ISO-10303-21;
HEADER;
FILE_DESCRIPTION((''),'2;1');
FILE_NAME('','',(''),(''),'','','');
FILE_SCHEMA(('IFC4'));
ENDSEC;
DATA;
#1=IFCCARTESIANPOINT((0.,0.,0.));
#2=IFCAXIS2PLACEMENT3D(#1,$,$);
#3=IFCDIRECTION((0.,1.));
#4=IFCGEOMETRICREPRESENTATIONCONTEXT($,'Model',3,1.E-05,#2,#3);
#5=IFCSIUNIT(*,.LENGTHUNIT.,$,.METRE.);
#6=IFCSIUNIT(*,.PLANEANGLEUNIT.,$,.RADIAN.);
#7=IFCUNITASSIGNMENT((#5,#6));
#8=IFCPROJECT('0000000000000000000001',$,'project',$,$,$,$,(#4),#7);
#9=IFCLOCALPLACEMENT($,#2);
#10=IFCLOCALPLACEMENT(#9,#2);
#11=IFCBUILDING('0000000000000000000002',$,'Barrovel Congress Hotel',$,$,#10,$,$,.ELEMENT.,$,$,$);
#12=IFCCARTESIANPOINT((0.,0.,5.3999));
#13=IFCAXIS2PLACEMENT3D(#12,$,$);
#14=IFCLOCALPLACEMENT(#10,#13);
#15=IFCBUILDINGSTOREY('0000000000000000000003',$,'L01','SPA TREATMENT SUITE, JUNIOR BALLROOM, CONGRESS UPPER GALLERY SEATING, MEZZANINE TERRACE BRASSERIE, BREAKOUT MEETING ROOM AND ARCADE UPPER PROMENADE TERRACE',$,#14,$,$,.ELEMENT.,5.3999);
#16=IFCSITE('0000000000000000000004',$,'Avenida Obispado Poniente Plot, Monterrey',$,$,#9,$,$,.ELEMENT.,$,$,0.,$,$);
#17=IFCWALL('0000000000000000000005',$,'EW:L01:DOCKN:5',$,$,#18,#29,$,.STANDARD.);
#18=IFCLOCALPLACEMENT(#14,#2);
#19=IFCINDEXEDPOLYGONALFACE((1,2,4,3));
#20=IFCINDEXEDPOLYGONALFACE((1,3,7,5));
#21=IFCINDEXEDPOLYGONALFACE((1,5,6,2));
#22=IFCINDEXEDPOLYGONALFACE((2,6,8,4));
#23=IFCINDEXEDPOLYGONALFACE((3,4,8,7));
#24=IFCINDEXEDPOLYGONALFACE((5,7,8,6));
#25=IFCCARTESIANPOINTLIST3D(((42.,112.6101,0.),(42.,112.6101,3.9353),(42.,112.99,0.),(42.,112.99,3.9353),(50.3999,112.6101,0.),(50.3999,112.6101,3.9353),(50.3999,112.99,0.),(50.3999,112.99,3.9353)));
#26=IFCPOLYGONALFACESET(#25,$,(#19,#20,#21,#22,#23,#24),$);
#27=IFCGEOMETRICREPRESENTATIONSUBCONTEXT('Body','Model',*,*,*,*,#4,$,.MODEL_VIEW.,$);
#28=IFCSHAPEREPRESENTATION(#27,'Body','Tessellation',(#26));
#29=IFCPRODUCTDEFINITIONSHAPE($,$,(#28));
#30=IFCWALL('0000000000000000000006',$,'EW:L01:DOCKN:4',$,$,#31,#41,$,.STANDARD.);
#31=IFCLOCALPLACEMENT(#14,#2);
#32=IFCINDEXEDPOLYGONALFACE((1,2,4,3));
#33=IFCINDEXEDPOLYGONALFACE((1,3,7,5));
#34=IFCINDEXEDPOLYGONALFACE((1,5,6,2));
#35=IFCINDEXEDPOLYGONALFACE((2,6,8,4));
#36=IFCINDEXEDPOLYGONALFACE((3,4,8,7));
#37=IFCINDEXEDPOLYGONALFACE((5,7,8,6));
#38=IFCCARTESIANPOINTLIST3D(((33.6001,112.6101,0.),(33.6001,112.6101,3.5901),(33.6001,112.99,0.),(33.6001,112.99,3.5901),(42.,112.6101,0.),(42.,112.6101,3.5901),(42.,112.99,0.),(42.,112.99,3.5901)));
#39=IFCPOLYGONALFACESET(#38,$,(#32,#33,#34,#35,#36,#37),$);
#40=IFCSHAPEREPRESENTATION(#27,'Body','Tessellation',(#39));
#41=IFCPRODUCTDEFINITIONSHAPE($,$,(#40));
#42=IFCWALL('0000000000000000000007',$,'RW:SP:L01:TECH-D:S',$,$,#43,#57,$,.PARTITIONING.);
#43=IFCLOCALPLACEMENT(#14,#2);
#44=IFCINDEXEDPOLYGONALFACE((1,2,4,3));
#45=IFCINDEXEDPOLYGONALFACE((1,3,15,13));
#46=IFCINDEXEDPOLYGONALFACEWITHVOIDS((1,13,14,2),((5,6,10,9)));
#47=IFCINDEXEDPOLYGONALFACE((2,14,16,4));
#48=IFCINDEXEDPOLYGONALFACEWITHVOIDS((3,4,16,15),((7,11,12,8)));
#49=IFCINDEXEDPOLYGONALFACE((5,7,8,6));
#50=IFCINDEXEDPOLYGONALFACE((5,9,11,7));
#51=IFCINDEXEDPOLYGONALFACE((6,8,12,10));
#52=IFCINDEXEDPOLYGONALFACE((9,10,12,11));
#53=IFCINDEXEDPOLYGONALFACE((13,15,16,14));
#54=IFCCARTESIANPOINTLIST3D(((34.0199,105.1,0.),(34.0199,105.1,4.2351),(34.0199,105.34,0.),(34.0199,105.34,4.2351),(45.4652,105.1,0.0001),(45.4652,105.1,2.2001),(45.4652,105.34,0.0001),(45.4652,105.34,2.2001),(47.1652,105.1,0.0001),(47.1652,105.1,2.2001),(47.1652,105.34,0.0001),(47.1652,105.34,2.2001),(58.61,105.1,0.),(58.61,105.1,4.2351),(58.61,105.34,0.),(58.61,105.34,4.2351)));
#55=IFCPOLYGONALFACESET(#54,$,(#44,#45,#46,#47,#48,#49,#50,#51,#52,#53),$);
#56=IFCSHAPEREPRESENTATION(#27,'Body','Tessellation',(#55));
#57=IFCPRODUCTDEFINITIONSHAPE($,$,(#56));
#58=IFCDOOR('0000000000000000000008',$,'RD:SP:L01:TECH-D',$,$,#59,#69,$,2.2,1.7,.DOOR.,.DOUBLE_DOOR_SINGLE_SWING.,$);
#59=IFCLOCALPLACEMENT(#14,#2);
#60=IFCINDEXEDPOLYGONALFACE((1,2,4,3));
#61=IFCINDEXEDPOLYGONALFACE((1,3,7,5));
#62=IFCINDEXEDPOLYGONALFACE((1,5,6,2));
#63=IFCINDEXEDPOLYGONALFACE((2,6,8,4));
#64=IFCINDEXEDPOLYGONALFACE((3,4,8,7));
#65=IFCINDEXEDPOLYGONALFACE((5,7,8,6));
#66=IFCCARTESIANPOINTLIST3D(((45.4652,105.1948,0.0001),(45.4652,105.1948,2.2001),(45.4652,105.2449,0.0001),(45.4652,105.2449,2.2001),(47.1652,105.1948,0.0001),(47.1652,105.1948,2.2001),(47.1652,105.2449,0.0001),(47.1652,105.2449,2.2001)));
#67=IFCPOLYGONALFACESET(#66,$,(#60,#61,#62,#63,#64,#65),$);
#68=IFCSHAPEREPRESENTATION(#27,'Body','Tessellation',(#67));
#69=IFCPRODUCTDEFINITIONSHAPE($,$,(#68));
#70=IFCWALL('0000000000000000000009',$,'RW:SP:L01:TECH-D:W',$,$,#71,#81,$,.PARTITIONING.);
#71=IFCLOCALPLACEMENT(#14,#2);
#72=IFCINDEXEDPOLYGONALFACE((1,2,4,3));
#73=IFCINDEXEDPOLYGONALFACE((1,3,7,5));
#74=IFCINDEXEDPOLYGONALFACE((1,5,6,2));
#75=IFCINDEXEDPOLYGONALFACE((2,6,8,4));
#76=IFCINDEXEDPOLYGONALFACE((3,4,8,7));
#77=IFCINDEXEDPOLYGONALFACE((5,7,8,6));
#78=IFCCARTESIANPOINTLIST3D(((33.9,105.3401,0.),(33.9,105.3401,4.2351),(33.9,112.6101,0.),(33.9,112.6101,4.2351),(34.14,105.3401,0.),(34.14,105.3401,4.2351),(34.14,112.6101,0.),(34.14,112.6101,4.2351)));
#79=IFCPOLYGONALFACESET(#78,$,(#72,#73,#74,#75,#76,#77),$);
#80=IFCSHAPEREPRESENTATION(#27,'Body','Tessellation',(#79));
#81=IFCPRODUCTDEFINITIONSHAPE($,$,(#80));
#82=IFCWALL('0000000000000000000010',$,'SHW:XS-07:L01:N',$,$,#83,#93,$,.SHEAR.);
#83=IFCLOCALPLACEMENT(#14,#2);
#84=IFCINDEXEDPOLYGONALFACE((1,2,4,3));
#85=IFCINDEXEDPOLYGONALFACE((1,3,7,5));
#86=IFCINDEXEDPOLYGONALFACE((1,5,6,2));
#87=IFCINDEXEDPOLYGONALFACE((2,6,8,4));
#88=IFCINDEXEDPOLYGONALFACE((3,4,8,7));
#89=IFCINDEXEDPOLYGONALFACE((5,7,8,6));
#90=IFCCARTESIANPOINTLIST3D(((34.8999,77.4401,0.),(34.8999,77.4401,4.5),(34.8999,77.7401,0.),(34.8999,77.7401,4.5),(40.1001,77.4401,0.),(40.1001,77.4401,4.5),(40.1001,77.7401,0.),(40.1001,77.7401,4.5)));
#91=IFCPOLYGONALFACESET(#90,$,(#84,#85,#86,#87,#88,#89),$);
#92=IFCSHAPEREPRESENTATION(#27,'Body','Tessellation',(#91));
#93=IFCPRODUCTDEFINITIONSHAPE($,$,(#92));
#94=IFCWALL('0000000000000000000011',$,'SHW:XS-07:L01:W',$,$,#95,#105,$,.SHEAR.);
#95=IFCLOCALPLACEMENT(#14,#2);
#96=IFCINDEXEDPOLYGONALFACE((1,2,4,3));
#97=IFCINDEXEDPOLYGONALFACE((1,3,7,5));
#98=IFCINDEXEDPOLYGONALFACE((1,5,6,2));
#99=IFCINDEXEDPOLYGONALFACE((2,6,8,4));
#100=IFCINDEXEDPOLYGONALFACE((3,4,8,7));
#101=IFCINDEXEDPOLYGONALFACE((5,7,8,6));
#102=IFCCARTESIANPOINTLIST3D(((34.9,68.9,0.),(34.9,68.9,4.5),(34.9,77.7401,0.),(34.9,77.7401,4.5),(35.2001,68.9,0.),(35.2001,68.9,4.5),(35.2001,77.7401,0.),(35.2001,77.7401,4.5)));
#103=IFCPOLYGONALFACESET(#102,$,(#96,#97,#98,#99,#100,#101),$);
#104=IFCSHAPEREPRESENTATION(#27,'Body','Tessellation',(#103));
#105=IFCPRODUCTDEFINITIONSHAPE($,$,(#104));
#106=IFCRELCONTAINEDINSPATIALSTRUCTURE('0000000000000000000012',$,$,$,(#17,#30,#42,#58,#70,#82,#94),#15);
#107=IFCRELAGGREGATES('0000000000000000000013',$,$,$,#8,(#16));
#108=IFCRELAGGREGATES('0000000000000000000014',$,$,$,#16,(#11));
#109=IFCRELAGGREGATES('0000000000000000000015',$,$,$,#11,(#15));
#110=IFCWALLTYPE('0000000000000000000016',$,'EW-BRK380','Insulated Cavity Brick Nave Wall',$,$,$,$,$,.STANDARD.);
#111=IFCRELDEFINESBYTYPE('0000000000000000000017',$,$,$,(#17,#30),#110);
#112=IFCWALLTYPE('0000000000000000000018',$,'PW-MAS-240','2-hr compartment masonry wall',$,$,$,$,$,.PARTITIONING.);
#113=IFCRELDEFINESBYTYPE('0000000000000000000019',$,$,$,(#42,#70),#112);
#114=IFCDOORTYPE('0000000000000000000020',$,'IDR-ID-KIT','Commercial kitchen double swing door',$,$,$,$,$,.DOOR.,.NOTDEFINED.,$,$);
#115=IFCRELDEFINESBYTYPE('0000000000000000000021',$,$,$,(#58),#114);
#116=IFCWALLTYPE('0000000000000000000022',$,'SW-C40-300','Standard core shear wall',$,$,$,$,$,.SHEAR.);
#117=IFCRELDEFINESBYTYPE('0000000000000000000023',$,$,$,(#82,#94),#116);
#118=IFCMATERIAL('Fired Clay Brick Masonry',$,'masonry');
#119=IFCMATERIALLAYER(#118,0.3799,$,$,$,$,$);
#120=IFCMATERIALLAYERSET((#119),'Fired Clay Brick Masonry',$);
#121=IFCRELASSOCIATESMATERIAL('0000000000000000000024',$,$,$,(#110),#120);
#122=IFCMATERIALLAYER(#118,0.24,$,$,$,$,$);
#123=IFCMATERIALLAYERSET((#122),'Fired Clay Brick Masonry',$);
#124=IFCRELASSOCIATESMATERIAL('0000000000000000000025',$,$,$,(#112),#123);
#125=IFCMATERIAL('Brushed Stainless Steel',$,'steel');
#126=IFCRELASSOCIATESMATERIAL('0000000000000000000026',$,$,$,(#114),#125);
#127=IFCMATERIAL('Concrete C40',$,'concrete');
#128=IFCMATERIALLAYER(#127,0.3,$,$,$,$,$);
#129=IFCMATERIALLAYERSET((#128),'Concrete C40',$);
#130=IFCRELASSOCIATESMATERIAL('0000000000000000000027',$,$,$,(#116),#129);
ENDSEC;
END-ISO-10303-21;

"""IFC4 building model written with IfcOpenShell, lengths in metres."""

from ifc_helpers import new_model, si_unit, direction, frame, frame_2d, origin, place, context, subcontext, project, spatial, rectangle, extrude, material, layer, layer_set, type_object, element, fill, save


model = new_model("IFC4")

# Units and contexts
model_context = context("Model", 3, precision=1e-05, world=origin(), true_north=direction((0.0, 1.0)))
body_context = subcontext(model_context, "Body", "Model", "MODEL_VIEW")
ifc_project = project(units=[si_unit("LENGTHUNIT", "METRE"), si_unit("PLANEANGLEUNIT", "RADIAN")], contexts=[model_context])

# Site, building, storey
site_placement = place(None, origin())
site = spatial("IfcSite", under=ifc_project, at=site_placement, Name="Avenida Obispado Poniente Plot, Monterrey", CompositionType="ELEMENT", RefElevation=0.0)
building_placement = place(site_placement, origin())
building = spatial("IfcBuilding", under=site, at=building_placement, Name="Barrovel Congress Hotel", CompositionType="ELEMENT")
storey_placement = place(building_placement, frame((0.0, 0.0, 5.3999)))
storey = spatial("IfcBuildingStorey", under=building, at=storey_placement, Name="L01", Description="SPA TREATMENT SUITE, JUNIOR BALLROOM, CONGRESS UPPER GALLERY SEATING, MEZZANINE TERRACE BRASSERIE, BREAKOUT MEETING ROOM AND ARCADE UPPER PROMENADE TERRACE", CompositionType="ELEMENT", Elevation=5.3999)

# Shared definitions
ifc_material_1 = material(Name="Concrete C40", Category="concrete")

# Walls
ifc_material_2 = material(Name="Fired Clay Brick Masonry", Category="masonry")
ifc_layer_1 = layer(ifc_material_2, 0.3799)
ifc_layer_set_1 = layer_set([ifc_layer_1], Name="Fired Clay Brick Masonry")
wall_type_1 = type_object("IfcWallType", Name="EW-BRK380", Description="Insulated Cavity Brick Nave Wall", PredefinedType="STANDARD", material=ifc_layer_set_1)
wall_1_placement = place(storey_placement, frame((50.3999, 112.8, 0.0), z_axis=(0.0, 0.0, 1.0), x_axis=(-1.0, 0.0, 0.0)))
element("IfcWall", 1, at=wall_1_placement, inside=storey, type_object=wall_type_1, Name="EW:L01:DOCKN:5", PredefinedType="STANDARD", context=body_context, shape_type="SweptSolid", body=[
    extrude(rectangle(XDim=8.3999, YDim=0.3799, at=frame_2d((4.2, 0.0))), origin(), (0.0, 0.0, 1.0), 3.9353),
])
wall_2_placement = place(storey_placement, frame((42.0, 112.8, 0.0), z_axis=(0.0, 0.0, 1.0), x_axis=(-1.0, 0.0, 0.0)))
element("IfcWall", 2, at=wall_2_placement, inside=storey, type_object=wall_type_1, Name="EW:L01:DOCKN:4", PredefinedType="STANDARD", context=body_context, shape_type="SweptSolid", body=[
    extrude(rectangle(XDim=8.3999, YDim=0.3799, at=frame_2d((4.2, 0.0))), origin(), (0.0, 0.0, 1.0), 3.5901),
])

# Wall, opening, door
ifc_layer_2 = layer(ifc_material_2, 0.24)
ifc_layer_set_2 = layer_set([ifc_layer_2], Name="Fired Clay Brick Masonry")
wall_type_2 = type_object("IfcWallType", Name="PW-MAS-240", Description="2-hr compartment masonry wall", PredefinedType="PARTITIONING", material=ifc_layer_set_2)
wall_3_placement = place(storey_placement, frame((34.02, 105.22, 0.0), z_axis=(0.0, 0.0, 1.0), x_axis=(1.0, 0.0, 0.0)))
wall_3 = element("IfcWall", 3, at=wall_3_placement, inside=storey, type_object=wall_type_2, Name="RW:SP:L01:TECH-D:S", PredefinedType="PARTITIONING", context=body_context, shape_type="SweptSolid", body=[
    extrude(rectangle(XDim=24.5901, YDim=0.24, at=frame_2d((12.2949, 0.0))), origin(), (0.0, 0.0, 1.0), 4.2351),
])
opening_placement = place(wall_3_placement, frame((11.4451, 0.0, 0.0)))
opening = element("IfcOpeningElement", 4, at=opening_placement, cuts=wall_3, PredefinedType="OPENING", context=body_context, shape_type="SweptSolid", body=[
    extrude(rectangle(XDim=1.7, YDim=2.2, at=frame_2d((0.8501, 1.1001))), frame((0.0, 0.1299, 0.0), z_axis=(0.0, -1.0, 0.0), x_axis=(1.0, 0.0, 0.0)), (0.0, 0.0, 1.0), 0.26),
])
ifc_material_3 = material(Name="Brushed Stainless Steel", Category="steel")
door_type = type_object("IfcDoorType", Name="IDR-ID-KIT", Description="Commercial kitchen double swing door", OperationType="NOTDEFINED", PredefinedType="DOOR", material=ifc_material_3)
door_placement = place(opening_placement, origin())
door = element("IfcDoor", 5, at=door_placement, inside=storey, type_object=door_type, Name="RD:SP:L01:TECH-D", OperationType="DOUBLE_DOOR_SINGLE_SWING", OverallHeight=2.2, OverallWidth=1.7, PredefinedType="DOOR", context=body_context, shape_type="SweptSolid", body=[
    extrude(rectangle(XDim=1.7, YDim=2.2, at=frame_2d((0.8501, 1.1001))), frame((0.0, 0.0249, 0.0), z_axis=(0.0, -1.0, 0.0), x_axis=(1.0, 0.0, 0.0)), (0.0, 0.0, 1.0), 0.05),
])
fill(opening, door)

# Walls
wall_4_placement = place(storey_placement, frame((34.02, 105.3401, 0.0), z_axis=(0.0, 0.0, 1.0), x_axis=(0.0, 1.0, 0.0)))
element("IfcWall", 6, at=wall_4_placement, inside=storey, type_object=wall_type_2, Name="RW:SP:L01:TECH-D:W", PredefinedType="PARTITIONING", context=body_context, shape_type="SweptSolid", body=[
    extrude(rectangle(XDim=7.27, YDim=0.24, at=frame_2d((3.635, 0.0))), origin(), (0.0, 0.0, 1.0), 4.2351),
])
ifc_layer_3 = layer(ifc_material_1, 0.3)
ifc_layer_set_3 = layer_set([ifc_layer_3], Name="Concrete C40")
wall_type_3 = type_object("IfcWallType", Name="SW-C40-300", Description="Standard core shear wall", PredefinedType="SHEAR", material=ifc_layer_set_3)
wall_5_placement = place(storey_placement, frame((40.1001, 77.5901, 0.0), z_axis=(0.0, 0.0, 1.0), x_axis=(-1.0, 0.0, 0.0)))
element("IfcWall", 7, at=wall_5_placement, inside=storey, type_object=wall_type_3, Name="SHW:XS-07:L01:N", PredefinedType="SHEAR", context=body_context, shape_type="SweptSolid", body=[
    extrude(rectangle(XDim=5.2002, YDim=0.3, at=frame_2d((2.6001, 0.0))), origin(), (0.0, 0.0, 1.0), 4.5),
])
wall_6_placement = place(storey_placement, frame((35.05, 77.74, 0.0), z_axis=(0.0, 0.0, 1.0), x_axis=(0.0, -1.0, 0.0)))
element("IfcWall", 8, at=wall_6_placement, inside=storey, type_object=wall_type_3, Name="SHW:XS-07:L01:W", PredefinedType="SHEAR", context=body_context, shape_type="SweptSolid", body=[
    extrude(rectangle(XDim=8.8401, YDim=0.3, at=frame_2d((4.4199, 0.0))), origin(), (0.0, 0.0, 1.0), 4.5),
])

save(model, "model.ifc")
